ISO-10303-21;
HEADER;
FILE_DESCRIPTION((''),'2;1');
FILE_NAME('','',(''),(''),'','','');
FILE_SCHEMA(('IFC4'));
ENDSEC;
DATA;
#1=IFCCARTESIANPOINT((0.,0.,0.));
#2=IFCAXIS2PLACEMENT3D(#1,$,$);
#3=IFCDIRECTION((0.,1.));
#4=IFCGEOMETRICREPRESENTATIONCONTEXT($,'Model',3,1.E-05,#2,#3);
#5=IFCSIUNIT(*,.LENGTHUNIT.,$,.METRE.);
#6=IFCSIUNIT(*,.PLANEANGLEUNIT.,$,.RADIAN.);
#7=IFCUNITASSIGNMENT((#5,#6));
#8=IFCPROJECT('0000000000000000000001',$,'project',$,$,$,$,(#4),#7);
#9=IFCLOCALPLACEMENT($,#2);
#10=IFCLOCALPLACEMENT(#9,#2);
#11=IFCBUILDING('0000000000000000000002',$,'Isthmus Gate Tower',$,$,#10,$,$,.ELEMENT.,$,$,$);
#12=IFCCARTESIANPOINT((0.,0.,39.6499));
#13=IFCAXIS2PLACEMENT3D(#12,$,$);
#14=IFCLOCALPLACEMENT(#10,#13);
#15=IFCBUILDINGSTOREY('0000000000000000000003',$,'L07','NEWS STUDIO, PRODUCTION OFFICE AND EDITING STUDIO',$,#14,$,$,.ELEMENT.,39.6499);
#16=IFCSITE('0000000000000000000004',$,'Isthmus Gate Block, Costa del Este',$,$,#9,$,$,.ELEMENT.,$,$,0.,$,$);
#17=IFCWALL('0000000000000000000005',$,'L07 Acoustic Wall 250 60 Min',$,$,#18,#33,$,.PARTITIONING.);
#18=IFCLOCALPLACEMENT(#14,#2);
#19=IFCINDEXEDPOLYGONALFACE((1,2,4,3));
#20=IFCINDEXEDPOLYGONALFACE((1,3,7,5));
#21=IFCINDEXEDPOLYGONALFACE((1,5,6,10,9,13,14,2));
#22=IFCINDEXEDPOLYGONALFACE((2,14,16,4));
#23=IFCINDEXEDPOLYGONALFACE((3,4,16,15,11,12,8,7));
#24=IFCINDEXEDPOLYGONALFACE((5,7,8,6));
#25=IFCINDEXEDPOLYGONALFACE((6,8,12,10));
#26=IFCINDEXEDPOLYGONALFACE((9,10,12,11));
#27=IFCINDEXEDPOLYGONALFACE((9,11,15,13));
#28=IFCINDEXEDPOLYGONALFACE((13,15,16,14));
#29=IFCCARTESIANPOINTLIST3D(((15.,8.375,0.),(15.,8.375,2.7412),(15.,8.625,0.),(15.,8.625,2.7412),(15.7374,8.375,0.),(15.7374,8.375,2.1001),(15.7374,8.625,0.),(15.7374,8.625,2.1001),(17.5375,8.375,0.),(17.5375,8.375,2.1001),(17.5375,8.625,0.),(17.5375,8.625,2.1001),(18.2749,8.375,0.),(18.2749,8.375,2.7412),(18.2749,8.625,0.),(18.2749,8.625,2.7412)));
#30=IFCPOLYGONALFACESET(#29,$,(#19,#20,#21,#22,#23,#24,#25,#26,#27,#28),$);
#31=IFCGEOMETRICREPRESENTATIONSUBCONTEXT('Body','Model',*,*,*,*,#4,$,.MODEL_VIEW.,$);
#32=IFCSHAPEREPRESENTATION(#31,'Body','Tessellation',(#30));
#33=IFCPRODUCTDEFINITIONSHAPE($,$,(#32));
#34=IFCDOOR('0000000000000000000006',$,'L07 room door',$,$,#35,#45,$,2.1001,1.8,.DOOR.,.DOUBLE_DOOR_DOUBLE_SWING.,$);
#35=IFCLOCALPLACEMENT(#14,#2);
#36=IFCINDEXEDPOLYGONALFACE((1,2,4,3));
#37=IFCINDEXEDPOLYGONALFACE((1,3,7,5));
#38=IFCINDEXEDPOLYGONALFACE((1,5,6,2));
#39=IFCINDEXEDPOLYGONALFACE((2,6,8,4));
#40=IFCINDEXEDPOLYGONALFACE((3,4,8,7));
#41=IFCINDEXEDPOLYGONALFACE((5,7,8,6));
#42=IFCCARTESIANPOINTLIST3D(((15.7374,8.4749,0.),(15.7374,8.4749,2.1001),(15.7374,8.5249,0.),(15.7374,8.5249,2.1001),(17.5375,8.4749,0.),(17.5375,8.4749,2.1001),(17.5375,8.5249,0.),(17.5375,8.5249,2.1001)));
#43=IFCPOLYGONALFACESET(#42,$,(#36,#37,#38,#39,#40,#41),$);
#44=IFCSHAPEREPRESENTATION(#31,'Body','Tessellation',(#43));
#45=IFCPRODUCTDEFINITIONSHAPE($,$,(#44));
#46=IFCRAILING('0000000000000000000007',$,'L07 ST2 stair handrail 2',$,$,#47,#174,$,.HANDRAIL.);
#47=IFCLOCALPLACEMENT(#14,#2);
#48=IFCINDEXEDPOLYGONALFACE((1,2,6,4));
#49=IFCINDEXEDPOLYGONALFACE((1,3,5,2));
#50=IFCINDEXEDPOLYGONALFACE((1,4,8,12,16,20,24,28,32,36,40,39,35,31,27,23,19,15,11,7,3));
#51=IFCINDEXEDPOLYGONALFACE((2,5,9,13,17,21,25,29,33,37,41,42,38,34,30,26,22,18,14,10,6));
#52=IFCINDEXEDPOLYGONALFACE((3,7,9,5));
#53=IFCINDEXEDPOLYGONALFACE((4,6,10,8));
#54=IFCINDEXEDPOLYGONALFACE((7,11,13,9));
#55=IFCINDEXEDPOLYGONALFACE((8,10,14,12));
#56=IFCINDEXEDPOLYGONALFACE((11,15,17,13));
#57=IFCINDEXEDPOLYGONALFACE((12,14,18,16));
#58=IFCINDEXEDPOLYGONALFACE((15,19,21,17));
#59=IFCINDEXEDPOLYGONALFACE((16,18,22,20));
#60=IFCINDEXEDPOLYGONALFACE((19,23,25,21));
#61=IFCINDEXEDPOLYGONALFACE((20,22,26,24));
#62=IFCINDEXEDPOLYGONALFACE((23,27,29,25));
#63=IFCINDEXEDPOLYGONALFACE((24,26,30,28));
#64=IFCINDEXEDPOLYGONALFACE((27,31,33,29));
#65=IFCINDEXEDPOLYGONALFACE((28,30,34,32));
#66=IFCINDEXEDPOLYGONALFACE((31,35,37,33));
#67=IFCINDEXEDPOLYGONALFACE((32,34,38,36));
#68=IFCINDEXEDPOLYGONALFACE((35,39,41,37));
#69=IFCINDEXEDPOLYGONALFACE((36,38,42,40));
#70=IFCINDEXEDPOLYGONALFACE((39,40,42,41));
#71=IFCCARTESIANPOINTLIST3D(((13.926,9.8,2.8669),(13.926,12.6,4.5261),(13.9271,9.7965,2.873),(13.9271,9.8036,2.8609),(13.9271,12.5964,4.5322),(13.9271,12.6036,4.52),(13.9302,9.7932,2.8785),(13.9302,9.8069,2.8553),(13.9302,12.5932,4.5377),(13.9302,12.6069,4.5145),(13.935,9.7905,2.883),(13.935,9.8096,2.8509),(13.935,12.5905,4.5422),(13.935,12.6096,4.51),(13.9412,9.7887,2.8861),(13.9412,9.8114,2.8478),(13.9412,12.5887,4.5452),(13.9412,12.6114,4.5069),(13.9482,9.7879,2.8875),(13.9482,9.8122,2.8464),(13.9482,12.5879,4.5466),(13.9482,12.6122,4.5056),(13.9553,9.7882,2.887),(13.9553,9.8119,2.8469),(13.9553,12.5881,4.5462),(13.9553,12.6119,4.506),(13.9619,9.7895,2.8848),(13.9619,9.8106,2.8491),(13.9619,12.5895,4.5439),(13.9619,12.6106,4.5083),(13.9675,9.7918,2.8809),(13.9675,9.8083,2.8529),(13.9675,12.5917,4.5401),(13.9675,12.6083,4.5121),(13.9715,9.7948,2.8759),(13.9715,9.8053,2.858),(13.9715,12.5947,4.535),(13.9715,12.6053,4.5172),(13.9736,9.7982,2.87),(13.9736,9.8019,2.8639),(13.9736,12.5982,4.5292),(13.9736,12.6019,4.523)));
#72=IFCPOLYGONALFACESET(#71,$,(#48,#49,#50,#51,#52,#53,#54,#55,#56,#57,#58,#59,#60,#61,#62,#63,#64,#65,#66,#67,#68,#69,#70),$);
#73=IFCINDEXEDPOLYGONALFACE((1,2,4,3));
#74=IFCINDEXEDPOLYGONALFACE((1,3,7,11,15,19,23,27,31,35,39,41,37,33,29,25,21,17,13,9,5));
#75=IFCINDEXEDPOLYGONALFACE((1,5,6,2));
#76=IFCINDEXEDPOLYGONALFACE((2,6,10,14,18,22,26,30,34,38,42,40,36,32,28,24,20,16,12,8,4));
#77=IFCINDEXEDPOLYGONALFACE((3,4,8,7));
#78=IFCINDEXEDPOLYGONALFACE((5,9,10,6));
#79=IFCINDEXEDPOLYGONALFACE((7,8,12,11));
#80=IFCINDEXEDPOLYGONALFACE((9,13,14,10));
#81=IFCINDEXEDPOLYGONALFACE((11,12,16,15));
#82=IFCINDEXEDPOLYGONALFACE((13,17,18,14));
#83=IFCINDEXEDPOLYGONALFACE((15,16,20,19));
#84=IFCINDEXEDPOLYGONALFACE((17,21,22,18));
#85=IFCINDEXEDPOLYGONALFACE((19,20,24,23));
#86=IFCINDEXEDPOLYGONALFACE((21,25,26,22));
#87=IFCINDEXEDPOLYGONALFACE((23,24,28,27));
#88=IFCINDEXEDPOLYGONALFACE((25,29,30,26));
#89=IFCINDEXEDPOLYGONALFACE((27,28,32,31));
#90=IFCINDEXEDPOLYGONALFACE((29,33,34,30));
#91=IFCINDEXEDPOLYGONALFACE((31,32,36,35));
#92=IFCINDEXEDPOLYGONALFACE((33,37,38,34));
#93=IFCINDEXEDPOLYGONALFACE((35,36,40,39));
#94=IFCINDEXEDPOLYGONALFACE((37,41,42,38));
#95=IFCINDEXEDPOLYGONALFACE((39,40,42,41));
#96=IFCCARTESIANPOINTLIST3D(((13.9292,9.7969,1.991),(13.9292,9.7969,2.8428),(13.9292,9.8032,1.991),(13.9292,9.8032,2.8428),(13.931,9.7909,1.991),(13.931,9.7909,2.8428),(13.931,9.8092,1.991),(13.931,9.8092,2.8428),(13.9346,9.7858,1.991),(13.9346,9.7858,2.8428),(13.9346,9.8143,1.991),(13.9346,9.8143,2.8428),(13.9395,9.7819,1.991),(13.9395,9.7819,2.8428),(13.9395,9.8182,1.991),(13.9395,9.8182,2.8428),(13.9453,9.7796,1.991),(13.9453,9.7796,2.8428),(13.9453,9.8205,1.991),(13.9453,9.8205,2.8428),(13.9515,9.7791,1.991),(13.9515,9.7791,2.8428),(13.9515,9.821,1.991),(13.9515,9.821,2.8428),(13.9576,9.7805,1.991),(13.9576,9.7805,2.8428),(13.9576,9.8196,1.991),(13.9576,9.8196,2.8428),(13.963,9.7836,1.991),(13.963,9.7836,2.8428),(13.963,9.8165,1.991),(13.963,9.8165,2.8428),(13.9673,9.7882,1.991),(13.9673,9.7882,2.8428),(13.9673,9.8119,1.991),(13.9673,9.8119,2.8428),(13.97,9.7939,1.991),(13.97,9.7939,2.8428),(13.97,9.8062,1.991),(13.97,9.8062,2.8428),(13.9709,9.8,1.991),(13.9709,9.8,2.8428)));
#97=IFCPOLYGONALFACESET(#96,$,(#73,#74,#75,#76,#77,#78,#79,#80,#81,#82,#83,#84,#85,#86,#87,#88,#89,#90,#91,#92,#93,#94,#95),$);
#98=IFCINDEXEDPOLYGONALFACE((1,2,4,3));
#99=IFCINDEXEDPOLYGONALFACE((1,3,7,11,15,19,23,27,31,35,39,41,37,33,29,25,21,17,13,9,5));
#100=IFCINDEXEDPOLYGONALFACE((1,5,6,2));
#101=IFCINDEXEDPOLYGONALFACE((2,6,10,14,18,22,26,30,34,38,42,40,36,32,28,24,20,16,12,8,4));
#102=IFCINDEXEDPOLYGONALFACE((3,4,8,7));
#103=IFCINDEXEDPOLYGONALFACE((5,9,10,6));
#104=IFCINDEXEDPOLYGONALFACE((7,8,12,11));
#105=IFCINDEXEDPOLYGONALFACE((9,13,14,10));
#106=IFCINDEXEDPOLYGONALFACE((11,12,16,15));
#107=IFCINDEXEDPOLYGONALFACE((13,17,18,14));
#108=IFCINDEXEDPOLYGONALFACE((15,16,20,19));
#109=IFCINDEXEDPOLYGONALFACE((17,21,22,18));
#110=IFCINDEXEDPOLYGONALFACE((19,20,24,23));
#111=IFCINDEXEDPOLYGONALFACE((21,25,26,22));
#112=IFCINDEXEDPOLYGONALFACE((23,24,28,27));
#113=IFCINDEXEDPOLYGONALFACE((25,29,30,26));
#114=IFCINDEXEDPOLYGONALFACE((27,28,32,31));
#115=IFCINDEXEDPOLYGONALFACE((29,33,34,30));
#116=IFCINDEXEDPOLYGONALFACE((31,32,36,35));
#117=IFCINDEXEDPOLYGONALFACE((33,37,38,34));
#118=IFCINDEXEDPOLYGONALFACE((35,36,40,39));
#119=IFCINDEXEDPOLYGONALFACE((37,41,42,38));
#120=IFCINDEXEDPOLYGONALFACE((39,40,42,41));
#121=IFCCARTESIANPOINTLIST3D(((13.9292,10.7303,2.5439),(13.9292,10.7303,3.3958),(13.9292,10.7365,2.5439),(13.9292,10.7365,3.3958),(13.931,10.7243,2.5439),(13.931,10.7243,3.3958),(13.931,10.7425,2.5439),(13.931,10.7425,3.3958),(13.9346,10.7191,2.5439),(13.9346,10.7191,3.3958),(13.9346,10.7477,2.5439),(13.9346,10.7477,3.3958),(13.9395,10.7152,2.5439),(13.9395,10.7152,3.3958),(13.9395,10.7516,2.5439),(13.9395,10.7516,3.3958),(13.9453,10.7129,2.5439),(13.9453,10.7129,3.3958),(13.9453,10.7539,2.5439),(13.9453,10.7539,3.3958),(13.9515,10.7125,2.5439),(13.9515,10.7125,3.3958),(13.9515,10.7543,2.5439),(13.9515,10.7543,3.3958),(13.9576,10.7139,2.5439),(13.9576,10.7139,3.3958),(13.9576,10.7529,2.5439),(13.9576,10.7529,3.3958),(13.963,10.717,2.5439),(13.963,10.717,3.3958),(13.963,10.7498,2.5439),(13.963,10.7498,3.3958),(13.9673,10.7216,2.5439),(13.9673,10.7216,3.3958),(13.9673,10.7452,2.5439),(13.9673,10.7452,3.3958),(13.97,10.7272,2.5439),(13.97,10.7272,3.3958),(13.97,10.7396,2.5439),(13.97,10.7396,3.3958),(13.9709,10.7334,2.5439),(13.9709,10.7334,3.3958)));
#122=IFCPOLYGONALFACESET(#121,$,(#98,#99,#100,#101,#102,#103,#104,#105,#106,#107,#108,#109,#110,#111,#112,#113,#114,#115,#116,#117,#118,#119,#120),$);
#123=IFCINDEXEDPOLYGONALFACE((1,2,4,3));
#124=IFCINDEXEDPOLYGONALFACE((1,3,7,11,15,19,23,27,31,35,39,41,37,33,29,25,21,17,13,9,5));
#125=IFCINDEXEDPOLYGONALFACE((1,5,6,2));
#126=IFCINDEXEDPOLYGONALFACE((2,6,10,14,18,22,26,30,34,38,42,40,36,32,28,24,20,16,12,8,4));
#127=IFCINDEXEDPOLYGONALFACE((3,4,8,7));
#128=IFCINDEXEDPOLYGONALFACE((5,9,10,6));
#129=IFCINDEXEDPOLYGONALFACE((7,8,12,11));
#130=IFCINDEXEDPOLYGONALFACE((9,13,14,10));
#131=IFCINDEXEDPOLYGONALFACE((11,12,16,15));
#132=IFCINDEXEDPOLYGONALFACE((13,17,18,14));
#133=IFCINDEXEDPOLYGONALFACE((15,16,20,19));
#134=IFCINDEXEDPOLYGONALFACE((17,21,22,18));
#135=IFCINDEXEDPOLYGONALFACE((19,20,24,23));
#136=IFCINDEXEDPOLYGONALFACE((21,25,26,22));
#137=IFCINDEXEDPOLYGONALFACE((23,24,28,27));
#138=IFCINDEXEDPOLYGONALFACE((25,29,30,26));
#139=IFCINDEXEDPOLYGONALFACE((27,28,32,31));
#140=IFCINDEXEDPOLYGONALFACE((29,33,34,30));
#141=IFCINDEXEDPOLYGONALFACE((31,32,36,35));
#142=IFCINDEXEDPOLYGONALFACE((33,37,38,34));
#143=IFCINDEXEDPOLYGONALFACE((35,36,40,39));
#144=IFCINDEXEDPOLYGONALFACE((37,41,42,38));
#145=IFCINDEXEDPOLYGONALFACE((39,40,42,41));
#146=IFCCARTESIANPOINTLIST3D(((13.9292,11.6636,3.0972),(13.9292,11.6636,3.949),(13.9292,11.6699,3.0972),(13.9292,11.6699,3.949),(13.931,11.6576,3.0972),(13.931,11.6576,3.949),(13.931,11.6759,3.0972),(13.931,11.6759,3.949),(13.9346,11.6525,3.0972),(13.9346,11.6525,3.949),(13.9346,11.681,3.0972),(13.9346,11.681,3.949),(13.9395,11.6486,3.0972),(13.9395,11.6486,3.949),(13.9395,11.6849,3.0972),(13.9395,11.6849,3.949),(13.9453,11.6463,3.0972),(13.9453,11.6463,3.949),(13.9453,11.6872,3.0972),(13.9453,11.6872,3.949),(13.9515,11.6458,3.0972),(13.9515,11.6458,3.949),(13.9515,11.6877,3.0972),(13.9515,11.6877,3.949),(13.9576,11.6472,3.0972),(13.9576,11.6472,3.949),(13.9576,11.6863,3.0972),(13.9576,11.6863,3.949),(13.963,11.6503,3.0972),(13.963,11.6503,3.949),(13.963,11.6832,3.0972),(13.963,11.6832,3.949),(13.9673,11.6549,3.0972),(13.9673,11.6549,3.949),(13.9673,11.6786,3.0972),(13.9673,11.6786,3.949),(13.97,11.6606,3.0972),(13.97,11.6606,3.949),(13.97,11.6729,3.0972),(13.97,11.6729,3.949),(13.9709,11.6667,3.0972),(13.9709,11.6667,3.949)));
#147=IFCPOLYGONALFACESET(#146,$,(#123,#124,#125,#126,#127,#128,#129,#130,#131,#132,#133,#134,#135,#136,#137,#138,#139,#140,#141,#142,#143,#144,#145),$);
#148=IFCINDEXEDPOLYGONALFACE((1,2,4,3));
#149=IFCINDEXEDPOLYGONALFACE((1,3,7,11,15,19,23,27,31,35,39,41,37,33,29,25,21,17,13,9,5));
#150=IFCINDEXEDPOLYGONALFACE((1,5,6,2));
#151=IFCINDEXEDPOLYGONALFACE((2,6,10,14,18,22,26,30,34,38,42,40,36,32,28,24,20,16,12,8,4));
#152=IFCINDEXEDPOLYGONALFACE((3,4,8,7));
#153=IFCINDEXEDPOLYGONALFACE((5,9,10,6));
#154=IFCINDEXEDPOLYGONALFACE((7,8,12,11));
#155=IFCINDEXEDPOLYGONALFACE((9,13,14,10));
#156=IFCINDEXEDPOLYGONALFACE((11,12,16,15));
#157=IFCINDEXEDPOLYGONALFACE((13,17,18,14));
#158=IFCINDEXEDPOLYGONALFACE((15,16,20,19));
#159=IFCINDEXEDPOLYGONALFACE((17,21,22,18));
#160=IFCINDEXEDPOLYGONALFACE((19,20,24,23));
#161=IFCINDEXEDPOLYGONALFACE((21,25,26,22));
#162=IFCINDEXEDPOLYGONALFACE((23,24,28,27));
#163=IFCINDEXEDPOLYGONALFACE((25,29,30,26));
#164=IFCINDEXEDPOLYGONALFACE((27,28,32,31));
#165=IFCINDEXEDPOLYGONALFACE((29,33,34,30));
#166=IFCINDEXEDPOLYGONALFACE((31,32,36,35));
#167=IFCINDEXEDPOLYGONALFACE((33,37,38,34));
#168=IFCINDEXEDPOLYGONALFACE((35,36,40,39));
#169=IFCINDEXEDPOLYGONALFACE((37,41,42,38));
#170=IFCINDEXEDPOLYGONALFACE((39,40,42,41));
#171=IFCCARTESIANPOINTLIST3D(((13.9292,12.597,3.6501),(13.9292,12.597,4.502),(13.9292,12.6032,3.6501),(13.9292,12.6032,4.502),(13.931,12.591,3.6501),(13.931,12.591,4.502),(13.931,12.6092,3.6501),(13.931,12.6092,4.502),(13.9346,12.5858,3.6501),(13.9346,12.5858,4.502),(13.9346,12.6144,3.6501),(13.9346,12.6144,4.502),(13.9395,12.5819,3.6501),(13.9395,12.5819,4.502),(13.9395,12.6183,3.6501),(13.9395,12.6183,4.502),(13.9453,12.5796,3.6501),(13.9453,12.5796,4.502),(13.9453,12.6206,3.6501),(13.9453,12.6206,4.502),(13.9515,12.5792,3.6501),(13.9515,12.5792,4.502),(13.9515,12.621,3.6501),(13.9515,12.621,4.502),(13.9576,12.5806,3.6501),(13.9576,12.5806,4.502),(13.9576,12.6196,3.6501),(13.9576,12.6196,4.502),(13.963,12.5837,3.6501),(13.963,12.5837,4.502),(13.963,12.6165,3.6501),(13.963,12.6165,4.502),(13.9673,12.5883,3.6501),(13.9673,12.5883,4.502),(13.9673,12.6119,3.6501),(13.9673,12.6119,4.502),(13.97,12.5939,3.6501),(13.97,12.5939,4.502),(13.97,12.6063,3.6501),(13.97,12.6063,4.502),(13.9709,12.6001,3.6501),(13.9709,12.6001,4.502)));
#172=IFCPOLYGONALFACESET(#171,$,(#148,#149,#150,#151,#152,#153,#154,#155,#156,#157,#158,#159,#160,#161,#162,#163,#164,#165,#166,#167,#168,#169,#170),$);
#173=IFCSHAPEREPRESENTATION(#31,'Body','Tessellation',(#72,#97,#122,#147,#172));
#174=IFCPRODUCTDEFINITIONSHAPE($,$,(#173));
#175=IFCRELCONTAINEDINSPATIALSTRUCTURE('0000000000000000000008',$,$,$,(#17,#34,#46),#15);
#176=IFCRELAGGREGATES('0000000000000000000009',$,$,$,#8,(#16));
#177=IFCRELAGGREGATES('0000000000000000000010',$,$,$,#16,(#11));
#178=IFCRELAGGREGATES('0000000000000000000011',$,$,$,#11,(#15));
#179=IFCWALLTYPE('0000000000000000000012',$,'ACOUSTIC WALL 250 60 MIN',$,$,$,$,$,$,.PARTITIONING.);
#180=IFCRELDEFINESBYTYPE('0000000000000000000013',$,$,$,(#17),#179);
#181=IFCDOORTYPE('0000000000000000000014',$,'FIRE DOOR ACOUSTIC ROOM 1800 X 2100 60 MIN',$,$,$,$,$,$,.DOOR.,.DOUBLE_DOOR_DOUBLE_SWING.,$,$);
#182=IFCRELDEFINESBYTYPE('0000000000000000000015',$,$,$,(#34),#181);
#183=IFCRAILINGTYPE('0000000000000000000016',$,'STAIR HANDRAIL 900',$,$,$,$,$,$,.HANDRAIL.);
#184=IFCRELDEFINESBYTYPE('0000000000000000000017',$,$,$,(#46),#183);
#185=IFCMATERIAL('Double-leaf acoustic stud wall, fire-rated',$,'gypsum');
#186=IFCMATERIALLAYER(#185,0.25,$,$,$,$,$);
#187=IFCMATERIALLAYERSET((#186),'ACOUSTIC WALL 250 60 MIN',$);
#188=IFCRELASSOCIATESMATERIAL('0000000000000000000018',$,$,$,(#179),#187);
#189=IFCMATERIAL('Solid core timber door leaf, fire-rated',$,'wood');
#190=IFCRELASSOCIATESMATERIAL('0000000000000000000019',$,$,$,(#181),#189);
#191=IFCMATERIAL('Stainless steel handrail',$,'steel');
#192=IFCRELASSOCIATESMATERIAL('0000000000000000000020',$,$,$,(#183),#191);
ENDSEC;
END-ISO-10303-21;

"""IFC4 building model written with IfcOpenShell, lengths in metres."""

from ifc_helpers import new_model, si_unit, direction, frame, frame_2d, origin, origin_2d, place, context, subcontext, project, spatial, rectangle, circle, extrude, material, layer, layer_set, type_object, element, fill, save


model = new_model("IFC4")

# Units and contexts
model_context = context("Model", 3, precision=1e-05, world=origin(), true_north=direction((0.0, 1.0)))
body_context = subcontext(model_context, "Body", "Model", "MODEL_VIEW")
ifc_project = project(units=[si_unit("LENGTHUNIT", "METRE"), si_unit("PLANEANGLEUNIT", "RADIAN")], contexts=[model_context])

# Site, building, storey
site_placement = place(None, origin())
site = spatial("IfcSite", under=ifc_project, at=site_placement, Name="Isthmus Gate Block, Costa del Este", CompositionType="ELEMENT", RefElevation=0.0)
building_placement = place(site_placement, origin())
building = spatial("IfcBuilding", under=site, at=building_placement, Name="Isthmus Gate Tower", CompositionType="ELEMENT")
storey_placement = place(building_placement, frame((0.0, 0.0, 39.6499)))
storey = spatial("IfcBuildingStorey", under=building, at=storey_placement, Name="L07", Description="NEWS STUDIO, PRODUCTION OFFICE AND EDITING STUDIO", CompositionType="ELEMENT", Elevation=39.6499)

# Wall, opening, door
ifc_material_1 = material(Name="Double-leaf acoustic stud wall, fire-rated", Category="gypsum")
ifc_layer = layer(ifc_material_1, 0.25)
ifc_layer_set = layer_set([ifc_layer], Name="ACOUSTIC WALL 250 60 MIN")
wall_type = type_object("IfcWallType", Name="ACOUSTIC WALL 250 60 MIN", PredefinedType="PARTITIONING", material=ifc_layer_set)
ifc_material_2 = material(Name="Solid core timber door leaf, fire-rated", Category="wood")
door_type_1 = type_object("IfcDoorType", Name="FIRE DOOR ACOUSTIC ROOM 1800 X 2100 60 MIN", OperationType="DOUBLE_DOOR_DOUBLE_SWING", PredefinedType="DOOR", material=ifc_material_2)
wall_1_placement = place(storey_placement, frame((15.0, 8.5, 0.0), z_axis=(0.0, 0.0, 1.0), x_axis=(1.0, 0.0, 0.0)))
wall_1 = element("IfcWall", 1, at=wall_1_placement, inside=storey, type_object=wall_type, Name="L07 Acoustic Wall 250 60 Min", PredefinedType="PARTITIONING", context=body_context, shape_type="SweptSolid", body=[
    extrude(rectangle(XDim=3.2749, YDim=0.25, at=frame_2d((1.6375, 0.0))), origin(), (0.0, 0.0, 1.0), 2.7412),
])
opening_1_placement = place(wall_1_placement, frame((0.7375, 0.0, 0.0)))
opening_1 = element("IfcOpeningElement", 2, at=opening_1_placement, cuts=wall_1, PredefinedType="OPENING", context=body_context, shape_type="SweptSolid", body=[
    extrude(rectangle(XDim=1.8, YDim=2.1001, at=frame_2d((0.8999, 1.05))), frame((0.0, 0.135, 0.0), z_axis=(0.0, -1.0, 0.0), x_axis=(1.0, 0.0, 0.0)), (0.0, 0.0, 1.0), 0.27),
])
door_1_placement = place(opening_1_placement, origin())
door_1 = element("IfcDoor", 3, at=door_1_placement, inside=storey, type_object=door_type_1, Name="L07 room door", OperationType="DOUBLE_DOOR_DOUBLE_SWING", OverallHeight=2.1001, OverallWidth=1.8, PredefinedType="DOOR", context=body_context, shape_type="SweptSolid", body=[
    extrude(rectangle(XDim=1.8, YDim=2.1001, at=frame_2d((0.8999, 1.05))), frame((0.0, 0.0249, 0.0), z_axis=(0.0, -1.0, 0.0), x_axis=(1.0, 0.0, 0.0)), (0.0, 0.0, 1.0), 0.05),
])
fill(opening_1, door_1)

# Railing
ifc_material_3 = material(Name="Stainless steel handrail", Category="steel")
railing_type = type_object("IfcRailingType", Name="STAIR HANDRAIL 900", PredefinedType="HANDRAIL", material=ifc_material_3)
railing_placement = place(storey_placement, frame((13.95, 9.8, 1.991)))
element("IfcRailing", 4, at=railing_placement, inside=storey, type_object=railing_type, Name="L07 ST2 stair handrail 2", PredefinedType="HANDRAIL", context=body_context, shape_type="SweptSolid", body=[
    extrude(circle(Radius=0.0239, at=origin_2d()), frame((0.0, 0.0, 0.876), z_axis=(0.0, 0.860306, 0.509778), x_axis=(-1.0, 0.0, 0.0)), (0.0, 0.0, 1.0), 3.2546),
    extrude(circle(Radius=0.021, at=origin_2d()), origin(), (0.0, 0.0, 1.0), 0.8518),
    extrude(circle(Radius=0.021, at=origin_2d()), frame((0.0, 0.9333, 0.553)), (0.0, 0.0, 1.0), 0.8518),
    extrude(circle(Radius=0.021, at=origin_2d()), frame((0.0, 1.8667, 1.1062)), (0.0, 0.0, 1.0), 0.8518),
    extrude(circle(Radius=0.021, at=origin_2d()), frame((0.0, 2.8, 1.6592)), (0.0, 0.0, 1.0), 0.8518),
])

save(model, "model.ifc")
